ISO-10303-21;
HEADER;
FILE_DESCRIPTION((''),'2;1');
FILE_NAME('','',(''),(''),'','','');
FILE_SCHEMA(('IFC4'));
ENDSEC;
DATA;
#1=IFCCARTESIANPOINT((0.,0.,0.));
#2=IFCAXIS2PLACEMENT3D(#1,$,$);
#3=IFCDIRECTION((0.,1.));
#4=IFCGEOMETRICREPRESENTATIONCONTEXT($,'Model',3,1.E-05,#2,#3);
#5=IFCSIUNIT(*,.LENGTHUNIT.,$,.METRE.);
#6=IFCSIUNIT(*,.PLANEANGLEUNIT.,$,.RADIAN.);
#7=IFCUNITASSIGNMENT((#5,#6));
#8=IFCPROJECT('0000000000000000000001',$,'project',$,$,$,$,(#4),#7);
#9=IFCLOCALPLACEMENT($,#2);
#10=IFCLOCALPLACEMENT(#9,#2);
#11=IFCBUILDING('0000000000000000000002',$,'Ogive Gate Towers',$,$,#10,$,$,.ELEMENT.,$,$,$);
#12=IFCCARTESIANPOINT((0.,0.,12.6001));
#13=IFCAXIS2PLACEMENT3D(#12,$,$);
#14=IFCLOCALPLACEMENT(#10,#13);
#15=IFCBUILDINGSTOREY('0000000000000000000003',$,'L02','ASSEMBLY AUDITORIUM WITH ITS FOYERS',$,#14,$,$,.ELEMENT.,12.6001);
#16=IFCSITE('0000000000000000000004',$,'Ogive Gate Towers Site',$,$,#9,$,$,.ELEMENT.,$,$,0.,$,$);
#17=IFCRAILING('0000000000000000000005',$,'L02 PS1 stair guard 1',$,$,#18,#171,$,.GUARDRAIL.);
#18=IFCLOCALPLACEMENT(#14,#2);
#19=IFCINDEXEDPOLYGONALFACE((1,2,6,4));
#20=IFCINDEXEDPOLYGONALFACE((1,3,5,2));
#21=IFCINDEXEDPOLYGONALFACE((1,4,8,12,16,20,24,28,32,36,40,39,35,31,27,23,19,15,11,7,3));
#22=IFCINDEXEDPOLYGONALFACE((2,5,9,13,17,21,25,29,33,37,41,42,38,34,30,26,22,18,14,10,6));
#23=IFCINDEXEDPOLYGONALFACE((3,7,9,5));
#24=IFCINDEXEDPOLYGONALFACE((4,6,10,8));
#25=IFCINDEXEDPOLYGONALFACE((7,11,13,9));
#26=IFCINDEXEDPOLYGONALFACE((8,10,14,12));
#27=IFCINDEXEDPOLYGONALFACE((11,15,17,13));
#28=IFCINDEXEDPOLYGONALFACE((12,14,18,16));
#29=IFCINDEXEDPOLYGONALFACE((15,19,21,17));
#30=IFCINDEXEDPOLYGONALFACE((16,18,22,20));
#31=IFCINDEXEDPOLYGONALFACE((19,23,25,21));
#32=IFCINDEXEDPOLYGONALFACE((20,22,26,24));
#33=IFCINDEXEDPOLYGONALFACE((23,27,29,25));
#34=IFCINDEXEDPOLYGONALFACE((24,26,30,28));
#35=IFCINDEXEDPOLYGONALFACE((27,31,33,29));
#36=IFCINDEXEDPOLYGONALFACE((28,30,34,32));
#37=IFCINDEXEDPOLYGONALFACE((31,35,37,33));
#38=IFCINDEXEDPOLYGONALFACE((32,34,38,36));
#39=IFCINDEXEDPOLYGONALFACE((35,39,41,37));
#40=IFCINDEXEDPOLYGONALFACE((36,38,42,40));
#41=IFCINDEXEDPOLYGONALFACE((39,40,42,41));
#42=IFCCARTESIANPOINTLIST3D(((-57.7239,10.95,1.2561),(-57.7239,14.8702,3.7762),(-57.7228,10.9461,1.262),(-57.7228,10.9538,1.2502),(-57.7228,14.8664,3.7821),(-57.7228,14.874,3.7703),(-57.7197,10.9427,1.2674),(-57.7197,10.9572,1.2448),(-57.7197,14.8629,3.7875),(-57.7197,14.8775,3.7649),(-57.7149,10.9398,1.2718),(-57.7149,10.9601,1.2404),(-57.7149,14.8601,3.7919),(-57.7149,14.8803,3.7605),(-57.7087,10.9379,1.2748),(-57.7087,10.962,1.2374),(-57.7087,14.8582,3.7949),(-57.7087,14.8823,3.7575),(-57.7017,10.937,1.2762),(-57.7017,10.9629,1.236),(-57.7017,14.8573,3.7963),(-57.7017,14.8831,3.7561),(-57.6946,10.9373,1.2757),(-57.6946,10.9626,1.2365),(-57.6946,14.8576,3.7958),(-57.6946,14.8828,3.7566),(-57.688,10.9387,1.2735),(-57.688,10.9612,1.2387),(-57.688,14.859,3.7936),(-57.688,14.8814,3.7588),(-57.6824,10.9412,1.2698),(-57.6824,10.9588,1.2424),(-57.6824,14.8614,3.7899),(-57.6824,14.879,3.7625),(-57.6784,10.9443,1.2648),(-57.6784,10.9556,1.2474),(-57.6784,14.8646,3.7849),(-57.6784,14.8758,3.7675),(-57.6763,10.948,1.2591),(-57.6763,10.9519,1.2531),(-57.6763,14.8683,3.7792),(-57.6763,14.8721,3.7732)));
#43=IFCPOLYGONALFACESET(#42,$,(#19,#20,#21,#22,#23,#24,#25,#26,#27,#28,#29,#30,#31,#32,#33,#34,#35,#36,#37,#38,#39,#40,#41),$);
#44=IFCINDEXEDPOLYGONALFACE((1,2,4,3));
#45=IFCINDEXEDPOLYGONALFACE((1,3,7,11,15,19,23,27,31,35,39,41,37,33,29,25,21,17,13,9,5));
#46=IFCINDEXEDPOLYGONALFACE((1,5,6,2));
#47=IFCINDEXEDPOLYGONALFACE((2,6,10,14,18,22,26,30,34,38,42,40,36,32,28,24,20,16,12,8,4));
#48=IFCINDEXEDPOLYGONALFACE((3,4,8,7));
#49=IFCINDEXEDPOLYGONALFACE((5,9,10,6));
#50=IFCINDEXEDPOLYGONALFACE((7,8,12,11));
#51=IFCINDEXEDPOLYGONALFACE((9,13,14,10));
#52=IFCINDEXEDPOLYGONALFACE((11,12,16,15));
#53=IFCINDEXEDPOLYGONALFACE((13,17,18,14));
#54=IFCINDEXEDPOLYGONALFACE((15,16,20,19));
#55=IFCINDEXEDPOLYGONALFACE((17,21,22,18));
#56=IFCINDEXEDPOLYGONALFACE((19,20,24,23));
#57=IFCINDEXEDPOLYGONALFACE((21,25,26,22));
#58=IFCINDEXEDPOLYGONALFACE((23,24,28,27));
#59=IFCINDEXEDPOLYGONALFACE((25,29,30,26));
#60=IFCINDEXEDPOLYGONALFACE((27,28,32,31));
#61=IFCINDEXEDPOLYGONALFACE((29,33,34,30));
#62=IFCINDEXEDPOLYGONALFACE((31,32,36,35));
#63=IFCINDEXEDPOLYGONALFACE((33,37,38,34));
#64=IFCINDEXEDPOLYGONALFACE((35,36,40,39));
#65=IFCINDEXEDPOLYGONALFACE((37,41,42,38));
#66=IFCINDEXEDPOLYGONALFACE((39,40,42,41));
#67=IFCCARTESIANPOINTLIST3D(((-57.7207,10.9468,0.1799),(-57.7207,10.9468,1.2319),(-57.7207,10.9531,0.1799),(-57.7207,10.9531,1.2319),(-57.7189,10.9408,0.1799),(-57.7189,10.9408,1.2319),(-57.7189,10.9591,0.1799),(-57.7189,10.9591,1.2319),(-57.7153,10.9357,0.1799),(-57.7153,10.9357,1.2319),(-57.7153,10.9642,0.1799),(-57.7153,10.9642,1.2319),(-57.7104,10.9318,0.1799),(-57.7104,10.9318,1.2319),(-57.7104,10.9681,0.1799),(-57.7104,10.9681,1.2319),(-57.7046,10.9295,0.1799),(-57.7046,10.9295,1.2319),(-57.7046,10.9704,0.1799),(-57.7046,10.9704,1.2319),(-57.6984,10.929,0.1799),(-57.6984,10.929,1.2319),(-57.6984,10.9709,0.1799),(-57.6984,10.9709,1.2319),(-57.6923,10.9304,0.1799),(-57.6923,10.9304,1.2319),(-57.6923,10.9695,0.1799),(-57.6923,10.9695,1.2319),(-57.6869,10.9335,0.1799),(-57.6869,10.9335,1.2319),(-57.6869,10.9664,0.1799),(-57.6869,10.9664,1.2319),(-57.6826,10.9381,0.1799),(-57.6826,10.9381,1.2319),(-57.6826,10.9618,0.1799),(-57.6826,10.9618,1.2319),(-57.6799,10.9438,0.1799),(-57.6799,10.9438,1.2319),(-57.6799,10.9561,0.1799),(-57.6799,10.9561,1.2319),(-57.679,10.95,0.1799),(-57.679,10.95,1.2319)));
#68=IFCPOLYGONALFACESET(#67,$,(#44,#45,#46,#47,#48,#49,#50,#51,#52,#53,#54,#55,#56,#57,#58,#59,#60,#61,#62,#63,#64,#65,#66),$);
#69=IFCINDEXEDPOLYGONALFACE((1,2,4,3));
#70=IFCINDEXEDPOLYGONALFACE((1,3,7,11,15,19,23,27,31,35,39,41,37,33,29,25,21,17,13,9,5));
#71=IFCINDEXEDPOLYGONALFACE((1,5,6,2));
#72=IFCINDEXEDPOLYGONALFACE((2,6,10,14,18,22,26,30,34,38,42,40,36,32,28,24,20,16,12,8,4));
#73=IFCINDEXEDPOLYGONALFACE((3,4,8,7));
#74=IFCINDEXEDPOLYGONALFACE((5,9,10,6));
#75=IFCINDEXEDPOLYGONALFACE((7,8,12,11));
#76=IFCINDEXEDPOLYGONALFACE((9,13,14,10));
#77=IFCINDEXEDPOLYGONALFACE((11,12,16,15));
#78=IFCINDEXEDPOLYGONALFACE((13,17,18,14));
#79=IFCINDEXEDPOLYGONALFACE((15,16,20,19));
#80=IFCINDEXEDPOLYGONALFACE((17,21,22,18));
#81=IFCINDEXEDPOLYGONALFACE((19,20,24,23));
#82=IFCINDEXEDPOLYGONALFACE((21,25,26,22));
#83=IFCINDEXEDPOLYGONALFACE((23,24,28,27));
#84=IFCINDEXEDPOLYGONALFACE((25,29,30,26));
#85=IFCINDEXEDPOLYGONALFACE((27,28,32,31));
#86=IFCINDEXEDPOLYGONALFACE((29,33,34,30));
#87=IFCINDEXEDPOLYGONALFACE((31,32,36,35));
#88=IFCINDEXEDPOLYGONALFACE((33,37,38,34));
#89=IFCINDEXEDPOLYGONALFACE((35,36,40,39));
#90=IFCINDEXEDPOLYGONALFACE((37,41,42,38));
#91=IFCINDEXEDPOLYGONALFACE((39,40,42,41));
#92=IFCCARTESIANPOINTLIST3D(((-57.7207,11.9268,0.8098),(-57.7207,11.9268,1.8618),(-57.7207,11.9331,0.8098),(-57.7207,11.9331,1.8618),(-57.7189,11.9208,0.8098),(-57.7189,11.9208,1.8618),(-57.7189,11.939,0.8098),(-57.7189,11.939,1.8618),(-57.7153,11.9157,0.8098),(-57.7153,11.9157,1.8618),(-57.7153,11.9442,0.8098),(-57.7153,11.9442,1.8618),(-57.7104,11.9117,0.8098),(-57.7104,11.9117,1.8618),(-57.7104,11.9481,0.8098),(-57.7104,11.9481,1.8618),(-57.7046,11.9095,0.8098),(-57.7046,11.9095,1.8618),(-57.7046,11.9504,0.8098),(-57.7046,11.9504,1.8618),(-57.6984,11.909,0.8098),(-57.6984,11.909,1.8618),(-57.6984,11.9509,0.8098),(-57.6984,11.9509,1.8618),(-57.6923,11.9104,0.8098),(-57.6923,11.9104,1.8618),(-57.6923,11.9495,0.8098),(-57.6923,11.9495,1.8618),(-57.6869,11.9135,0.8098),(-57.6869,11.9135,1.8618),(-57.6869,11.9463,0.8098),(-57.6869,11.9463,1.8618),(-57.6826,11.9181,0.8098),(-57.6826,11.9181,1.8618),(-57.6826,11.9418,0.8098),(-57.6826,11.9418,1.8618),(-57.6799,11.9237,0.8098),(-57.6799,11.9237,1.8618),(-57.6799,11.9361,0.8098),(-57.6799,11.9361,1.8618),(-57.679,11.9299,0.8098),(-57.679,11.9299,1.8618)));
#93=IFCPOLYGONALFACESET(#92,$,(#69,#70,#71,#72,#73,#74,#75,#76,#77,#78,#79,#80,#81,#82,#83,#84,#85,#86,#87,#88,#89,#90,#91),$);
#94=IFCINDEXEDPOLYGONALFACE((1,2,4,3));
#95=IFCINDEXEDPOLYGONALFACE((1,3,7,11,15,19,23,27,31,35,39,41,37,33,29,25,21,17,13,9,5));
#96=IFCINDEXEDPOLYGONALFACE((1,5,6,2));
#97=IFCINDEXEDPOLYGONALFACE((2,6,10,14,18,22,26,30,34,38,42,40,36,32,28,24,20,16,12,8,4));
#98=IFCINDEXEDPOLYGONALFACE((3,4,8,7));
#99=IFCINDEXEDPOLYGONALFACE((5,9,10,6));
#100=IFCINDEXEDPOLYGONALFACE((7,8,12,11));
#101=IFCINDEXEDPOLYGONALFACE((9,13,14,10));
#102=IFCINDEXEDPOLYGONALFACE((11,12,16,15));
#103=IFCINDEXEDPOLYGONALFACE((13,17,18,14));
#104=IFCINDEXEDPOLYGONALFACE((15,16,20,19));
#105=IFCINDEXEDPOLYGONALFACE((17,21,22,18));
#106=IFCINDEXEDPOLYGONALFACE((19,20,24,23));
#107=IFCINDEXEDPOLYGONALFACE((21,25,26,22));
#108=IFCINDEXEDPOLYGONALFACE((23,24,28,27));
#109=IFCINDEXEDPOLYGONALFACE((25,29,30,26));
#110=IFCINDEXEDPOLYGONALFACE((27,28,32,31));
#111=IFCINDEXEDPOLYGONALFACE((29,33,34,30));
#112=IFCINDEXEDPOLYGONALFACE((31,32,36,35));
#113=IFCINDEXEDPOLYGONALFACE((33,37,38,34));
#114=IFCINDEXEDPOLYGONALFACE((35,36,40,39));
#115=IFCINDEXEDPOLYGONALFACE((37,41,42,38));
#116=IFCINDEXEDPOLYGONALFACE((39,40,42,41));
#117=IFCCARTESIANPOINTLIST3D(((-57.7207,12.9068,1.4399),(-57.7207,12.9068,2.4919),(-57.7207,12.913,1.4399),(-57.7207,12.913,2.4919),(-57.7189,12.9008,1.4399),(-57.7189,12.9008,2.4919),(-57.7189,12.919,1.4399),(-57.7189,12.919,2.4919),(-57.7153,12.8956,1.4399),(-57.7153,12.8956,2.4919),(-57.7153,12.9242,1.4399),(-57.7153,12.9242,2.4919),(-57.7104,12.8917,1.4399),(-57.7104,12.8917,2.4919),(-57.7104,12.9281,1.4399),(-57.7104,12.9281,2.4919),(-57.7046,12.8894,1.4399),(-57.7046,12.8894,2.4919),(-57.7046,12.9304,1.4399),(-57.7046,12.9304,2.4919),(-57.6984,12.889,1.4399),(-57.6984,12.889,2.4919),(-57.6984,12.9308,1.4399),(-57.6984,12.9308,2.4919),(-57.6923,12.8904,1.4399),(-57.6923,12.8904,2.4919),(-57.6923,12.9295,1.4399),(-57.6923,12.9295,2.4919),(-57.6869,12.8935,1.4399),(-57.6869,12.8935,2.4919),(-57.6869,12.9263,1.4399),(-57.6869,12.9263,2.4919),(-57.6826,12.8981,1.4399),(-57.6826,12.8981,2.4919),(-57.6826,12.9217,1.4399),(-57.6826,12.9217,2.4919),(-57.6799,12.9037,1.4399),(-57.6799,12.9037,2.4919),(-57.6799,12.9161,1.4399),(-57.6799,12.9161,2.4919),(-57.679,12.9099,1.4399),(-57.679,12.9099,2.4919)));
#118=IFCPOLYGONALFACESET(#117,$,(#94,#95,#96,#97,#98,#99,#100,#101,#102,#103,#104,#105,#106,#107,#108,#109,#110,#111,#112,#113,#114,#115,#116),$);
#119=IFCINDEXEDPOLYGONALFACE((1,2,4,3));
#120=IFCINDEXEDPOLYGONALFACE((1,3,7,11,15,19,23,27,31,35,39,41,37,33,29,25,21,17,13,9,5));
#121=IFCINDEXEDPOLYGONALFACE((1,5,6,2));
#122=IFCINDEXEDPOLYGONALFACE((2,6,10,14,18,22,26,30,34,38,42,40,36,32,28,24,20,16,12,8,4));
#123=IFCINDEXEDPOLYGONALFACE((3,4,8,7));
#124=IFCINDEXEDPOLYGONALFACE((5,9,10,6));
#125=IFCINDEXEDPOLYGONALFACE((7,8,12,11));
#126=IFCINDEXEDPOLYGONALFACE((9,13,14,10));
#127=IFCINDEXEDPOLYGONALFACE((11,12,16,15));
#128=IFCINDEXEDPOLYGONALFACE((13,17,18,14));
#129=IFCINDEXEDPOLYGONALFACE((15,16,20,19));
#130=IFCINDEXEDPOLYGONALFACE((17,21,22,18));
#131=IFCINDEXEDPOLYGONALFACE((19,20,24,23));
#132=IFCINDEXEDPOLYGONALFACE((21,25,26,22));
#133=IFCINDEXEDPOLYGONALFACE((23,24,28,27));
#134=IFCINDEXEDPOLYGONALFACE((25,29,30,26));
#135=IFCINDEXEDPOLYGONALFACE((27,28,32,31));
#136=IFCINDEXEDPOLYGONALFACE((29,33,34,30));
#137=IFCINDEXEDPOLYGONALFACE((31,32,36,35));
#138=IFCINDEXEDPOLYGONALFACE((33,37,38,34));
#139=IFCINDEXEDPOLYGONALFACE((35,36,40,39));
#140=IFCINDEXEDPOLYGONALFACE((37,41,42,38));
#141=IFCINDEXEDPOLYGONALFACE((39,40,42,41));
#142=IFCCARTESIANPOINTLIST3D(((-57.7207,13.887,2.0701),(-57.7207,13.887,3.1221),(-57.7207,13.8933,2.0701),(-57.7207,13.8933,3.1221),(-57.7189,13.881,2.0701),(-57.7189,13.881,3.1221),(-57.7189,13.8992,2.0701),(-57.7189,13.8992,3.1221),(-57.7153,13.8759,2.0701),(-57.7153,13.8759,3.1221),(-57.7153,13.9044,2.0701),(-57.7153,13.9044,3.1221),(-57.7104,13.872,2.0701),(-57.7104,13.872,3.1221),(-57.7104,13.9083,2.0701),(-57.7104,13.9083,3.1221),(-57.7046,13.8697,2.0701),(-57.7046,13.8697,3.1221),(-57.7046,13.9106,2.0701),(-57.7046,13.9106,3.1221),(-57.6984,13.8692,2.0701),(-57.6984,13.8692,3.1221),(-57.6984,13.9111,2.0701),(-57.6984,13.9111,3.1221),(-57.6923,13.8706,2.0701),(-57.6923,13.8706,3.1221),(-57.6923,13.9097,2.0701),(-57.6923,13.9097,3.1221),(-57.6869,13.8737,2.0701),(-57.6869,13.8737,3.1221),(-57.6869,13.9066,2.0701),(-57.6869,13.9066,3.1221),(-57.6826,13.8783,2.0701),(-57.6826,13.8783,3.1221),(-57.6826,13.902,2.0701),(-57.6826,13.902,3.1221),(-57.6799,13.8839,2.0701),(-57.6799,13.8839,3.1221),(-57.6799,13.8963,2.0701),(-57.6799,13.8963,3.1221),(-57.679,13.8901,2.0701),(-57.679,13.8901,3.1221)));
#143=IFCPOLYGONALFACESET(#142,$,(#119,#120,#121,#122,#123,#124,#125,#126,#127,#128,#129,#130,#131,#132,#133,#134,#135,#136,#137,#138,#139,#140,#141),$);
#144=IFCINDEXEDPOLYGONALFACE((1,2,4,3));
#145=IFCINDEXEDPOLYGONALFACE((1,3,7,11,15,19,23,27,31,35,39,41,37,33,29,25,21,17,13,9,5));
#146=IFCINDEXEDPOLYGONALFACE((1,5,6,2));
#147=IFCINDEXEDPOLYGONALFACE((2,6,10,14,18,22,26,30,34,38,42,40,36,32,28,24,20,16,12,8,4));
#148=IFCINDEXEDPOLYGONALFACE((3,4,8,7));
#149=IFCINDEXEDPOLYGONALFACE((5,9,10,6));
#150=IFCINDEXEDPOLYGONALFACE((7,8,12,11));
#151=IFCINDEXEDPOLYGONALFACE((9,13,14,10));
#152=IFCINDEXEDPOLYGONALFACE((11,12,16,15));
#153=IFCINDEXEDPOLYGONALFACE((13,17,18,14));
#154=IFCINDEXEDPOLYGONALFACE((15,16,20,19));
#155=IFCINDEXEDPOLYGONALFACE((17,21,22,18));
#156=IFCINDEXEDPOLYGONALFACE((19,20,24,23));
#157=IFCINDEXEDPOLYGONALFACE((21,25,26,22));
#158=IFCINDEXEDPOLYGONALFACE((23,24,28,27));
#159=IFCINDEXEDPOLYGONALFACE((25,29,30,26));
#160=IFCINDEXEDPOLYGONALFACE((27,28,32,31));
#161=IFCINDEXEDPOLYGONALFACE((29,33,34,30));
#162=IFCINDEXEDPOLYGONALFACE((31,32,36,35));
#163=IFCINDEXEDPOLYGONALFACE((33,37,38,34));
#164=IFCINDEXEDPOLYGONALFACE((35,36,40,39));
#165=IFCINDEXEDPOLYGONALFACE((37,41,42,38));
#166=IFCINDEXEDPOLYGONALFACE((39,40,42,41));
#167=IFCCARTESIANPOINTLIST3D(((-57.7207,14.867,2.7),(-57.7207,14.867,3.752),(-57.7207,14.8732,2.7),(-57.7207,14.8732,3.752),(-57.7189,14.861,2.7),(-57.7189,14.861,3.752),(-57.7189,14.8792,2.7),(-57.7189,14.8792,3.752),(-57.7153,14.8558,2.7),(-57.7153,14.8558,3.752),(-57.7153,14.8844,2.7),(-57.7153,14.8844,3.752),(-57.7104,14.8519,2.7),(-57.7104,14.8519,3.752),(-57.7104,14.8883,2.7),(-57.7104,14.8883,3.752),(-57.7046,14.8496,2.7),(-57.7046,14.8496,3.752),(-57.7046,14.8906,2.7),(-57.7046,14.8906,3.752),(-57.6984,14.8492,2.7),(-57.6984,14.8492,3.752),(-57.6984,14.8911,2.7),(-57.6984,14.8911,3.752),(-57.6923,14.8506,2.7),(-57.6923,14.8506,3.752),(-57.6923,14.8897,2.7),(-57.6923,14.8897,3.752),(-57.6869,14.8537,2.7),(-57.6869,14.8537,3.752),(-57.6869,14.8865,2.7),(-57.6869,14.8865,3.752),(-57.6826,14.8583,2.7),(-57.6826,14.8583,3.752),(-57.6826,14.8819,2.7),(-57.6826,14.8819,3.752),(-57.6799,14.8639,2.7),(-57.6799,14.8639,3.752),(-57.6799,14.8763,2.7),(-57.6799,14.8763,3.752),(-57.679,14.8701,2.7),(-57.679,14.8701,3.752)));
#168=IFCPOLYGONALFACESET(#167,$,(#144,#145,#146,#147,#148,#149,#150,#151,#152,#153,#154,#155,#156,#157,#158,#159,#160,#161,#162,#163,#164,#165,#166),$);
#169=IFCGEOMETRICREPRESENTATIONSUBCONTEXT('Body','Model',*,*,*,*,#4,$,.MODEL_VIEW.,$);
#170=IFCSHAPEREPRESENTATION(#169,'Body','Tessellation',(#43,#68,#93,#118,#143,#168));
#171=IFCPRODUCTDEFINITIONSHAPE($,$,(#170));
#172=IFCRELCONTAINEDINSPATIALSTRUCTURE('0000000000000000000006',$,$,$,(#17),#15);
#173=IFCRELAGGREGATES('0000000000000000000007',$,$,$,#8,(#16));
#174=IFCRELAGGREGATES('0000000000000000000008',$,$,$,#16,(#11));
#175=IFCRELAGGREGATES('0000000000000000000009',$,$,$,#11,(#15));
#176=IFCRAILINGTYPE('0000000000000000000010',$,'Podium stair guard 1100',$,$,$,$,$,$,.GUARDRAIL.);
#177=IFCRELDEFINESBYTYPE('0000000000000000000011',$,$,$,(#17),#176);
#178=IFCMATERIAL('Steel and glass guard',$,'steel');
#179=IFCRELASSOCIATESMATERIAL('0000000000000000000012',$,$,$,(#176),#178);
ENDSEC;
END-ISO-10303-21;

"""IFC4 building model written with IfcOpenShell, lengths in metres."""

from ifc_helpers import new_model, si_unit, direction, frame, origin, origin_2d, place, context, subcontext, project, spatial, circle, extrude, material, type_object, element, save


model = new_model("IFC4")

# Units and contexts
model_context = context("Model", 3, precision=1e-05, world=origin(), true_north=direction((0.0, 1.0)))
body_context = subcontext(model_context, "Body", "Model", "MODEL_VIEW")
ifc_project = project(units=[si_unit("LENGTHUNIT", "METRE"), si_unit("PLANEANGLEUNIT", "RADIAN")], contexts=[model_context])

# Site, building, storey
site_placement = place(None, origin())
site = spatial("IfcSite", under=ifc_project, at=site_placement, Name="Ogive Gate Towers Site", CompositionType="ELEMENT", RefElevation=0.0)
building_placement = place(site_placement, origin())
building = spatial("IfcBuilding", under=site, at=building_placement, Name="Ogive Gate Towers", CompositionType="ELEMENT")
storey_placement = place(building_placement, frame((0.0, 0.0, 12.6001)))
storey = spatial("IfcBuildingStorey", under=building, at=storey_placement, Name="L02", Description="ASSEMBLY AUDITORIUM WITH ITS FOYERS", CompositionType="ELEMENT", Elevation=12.6001)

# Railing
ifc_material_1 = material(Name="Steel and glass guard", Category="steel")
railing_type_1 = type_object("IfcRailingType", Name="Podium stair guard 1100", PredefinedType="GUARDRAIL", material=ifc_material_1)
railing_1_placement = place(storey_placement, frame((-57.7, 10.95, 0.1799)))
element("IfcRailing", 1, at=railing_1_placement, inside=storey, type_object=railing_type_1, Name="L02 PS1 stair guard 1", PredefinedType="GUARDRAIL", context=body_context, shape_type="SweptSolid", body=[
    extrude(circle(Radius=0.0239, at=origin_2d()), frame((0.0, 0.0, 1.0762), z_axis=(0.0, 0.841187, 0.540744), x_axis=(-1.0, 0.0, 0.0)), (0.0, 0.0, 1.0), 4.6604),
    extrude(circle(Radius=0.021, at=origin_2d()), origin(), (0.0, 0.0, 1.0), 1.052),
    extrude(circle(Radius=0.021, at=origin_2d()), frame((0.0, 0.98, 0.6299)), (0.0, 0.0, 1.0), 1.052),
    extrude(circle(Radius=0.021, at=origin_2d()), frame((0.0, 1.96, 1.26)), (0.0, 0.0, 1.0), 1.052),
    extrude(circle(Radius=0.021, at=origin_2d()), frame((0.0, 2.9402, 1.8901)), (0.0, 0.0, 1.0), 1.052),
    extrude(circle(Radius=0.021, at=origin_2d()), frame((0.0, 3.9202, 2.52)), (0.0, 0.0, 1.0), 1.052),
])

save(model, "model.ifc")
